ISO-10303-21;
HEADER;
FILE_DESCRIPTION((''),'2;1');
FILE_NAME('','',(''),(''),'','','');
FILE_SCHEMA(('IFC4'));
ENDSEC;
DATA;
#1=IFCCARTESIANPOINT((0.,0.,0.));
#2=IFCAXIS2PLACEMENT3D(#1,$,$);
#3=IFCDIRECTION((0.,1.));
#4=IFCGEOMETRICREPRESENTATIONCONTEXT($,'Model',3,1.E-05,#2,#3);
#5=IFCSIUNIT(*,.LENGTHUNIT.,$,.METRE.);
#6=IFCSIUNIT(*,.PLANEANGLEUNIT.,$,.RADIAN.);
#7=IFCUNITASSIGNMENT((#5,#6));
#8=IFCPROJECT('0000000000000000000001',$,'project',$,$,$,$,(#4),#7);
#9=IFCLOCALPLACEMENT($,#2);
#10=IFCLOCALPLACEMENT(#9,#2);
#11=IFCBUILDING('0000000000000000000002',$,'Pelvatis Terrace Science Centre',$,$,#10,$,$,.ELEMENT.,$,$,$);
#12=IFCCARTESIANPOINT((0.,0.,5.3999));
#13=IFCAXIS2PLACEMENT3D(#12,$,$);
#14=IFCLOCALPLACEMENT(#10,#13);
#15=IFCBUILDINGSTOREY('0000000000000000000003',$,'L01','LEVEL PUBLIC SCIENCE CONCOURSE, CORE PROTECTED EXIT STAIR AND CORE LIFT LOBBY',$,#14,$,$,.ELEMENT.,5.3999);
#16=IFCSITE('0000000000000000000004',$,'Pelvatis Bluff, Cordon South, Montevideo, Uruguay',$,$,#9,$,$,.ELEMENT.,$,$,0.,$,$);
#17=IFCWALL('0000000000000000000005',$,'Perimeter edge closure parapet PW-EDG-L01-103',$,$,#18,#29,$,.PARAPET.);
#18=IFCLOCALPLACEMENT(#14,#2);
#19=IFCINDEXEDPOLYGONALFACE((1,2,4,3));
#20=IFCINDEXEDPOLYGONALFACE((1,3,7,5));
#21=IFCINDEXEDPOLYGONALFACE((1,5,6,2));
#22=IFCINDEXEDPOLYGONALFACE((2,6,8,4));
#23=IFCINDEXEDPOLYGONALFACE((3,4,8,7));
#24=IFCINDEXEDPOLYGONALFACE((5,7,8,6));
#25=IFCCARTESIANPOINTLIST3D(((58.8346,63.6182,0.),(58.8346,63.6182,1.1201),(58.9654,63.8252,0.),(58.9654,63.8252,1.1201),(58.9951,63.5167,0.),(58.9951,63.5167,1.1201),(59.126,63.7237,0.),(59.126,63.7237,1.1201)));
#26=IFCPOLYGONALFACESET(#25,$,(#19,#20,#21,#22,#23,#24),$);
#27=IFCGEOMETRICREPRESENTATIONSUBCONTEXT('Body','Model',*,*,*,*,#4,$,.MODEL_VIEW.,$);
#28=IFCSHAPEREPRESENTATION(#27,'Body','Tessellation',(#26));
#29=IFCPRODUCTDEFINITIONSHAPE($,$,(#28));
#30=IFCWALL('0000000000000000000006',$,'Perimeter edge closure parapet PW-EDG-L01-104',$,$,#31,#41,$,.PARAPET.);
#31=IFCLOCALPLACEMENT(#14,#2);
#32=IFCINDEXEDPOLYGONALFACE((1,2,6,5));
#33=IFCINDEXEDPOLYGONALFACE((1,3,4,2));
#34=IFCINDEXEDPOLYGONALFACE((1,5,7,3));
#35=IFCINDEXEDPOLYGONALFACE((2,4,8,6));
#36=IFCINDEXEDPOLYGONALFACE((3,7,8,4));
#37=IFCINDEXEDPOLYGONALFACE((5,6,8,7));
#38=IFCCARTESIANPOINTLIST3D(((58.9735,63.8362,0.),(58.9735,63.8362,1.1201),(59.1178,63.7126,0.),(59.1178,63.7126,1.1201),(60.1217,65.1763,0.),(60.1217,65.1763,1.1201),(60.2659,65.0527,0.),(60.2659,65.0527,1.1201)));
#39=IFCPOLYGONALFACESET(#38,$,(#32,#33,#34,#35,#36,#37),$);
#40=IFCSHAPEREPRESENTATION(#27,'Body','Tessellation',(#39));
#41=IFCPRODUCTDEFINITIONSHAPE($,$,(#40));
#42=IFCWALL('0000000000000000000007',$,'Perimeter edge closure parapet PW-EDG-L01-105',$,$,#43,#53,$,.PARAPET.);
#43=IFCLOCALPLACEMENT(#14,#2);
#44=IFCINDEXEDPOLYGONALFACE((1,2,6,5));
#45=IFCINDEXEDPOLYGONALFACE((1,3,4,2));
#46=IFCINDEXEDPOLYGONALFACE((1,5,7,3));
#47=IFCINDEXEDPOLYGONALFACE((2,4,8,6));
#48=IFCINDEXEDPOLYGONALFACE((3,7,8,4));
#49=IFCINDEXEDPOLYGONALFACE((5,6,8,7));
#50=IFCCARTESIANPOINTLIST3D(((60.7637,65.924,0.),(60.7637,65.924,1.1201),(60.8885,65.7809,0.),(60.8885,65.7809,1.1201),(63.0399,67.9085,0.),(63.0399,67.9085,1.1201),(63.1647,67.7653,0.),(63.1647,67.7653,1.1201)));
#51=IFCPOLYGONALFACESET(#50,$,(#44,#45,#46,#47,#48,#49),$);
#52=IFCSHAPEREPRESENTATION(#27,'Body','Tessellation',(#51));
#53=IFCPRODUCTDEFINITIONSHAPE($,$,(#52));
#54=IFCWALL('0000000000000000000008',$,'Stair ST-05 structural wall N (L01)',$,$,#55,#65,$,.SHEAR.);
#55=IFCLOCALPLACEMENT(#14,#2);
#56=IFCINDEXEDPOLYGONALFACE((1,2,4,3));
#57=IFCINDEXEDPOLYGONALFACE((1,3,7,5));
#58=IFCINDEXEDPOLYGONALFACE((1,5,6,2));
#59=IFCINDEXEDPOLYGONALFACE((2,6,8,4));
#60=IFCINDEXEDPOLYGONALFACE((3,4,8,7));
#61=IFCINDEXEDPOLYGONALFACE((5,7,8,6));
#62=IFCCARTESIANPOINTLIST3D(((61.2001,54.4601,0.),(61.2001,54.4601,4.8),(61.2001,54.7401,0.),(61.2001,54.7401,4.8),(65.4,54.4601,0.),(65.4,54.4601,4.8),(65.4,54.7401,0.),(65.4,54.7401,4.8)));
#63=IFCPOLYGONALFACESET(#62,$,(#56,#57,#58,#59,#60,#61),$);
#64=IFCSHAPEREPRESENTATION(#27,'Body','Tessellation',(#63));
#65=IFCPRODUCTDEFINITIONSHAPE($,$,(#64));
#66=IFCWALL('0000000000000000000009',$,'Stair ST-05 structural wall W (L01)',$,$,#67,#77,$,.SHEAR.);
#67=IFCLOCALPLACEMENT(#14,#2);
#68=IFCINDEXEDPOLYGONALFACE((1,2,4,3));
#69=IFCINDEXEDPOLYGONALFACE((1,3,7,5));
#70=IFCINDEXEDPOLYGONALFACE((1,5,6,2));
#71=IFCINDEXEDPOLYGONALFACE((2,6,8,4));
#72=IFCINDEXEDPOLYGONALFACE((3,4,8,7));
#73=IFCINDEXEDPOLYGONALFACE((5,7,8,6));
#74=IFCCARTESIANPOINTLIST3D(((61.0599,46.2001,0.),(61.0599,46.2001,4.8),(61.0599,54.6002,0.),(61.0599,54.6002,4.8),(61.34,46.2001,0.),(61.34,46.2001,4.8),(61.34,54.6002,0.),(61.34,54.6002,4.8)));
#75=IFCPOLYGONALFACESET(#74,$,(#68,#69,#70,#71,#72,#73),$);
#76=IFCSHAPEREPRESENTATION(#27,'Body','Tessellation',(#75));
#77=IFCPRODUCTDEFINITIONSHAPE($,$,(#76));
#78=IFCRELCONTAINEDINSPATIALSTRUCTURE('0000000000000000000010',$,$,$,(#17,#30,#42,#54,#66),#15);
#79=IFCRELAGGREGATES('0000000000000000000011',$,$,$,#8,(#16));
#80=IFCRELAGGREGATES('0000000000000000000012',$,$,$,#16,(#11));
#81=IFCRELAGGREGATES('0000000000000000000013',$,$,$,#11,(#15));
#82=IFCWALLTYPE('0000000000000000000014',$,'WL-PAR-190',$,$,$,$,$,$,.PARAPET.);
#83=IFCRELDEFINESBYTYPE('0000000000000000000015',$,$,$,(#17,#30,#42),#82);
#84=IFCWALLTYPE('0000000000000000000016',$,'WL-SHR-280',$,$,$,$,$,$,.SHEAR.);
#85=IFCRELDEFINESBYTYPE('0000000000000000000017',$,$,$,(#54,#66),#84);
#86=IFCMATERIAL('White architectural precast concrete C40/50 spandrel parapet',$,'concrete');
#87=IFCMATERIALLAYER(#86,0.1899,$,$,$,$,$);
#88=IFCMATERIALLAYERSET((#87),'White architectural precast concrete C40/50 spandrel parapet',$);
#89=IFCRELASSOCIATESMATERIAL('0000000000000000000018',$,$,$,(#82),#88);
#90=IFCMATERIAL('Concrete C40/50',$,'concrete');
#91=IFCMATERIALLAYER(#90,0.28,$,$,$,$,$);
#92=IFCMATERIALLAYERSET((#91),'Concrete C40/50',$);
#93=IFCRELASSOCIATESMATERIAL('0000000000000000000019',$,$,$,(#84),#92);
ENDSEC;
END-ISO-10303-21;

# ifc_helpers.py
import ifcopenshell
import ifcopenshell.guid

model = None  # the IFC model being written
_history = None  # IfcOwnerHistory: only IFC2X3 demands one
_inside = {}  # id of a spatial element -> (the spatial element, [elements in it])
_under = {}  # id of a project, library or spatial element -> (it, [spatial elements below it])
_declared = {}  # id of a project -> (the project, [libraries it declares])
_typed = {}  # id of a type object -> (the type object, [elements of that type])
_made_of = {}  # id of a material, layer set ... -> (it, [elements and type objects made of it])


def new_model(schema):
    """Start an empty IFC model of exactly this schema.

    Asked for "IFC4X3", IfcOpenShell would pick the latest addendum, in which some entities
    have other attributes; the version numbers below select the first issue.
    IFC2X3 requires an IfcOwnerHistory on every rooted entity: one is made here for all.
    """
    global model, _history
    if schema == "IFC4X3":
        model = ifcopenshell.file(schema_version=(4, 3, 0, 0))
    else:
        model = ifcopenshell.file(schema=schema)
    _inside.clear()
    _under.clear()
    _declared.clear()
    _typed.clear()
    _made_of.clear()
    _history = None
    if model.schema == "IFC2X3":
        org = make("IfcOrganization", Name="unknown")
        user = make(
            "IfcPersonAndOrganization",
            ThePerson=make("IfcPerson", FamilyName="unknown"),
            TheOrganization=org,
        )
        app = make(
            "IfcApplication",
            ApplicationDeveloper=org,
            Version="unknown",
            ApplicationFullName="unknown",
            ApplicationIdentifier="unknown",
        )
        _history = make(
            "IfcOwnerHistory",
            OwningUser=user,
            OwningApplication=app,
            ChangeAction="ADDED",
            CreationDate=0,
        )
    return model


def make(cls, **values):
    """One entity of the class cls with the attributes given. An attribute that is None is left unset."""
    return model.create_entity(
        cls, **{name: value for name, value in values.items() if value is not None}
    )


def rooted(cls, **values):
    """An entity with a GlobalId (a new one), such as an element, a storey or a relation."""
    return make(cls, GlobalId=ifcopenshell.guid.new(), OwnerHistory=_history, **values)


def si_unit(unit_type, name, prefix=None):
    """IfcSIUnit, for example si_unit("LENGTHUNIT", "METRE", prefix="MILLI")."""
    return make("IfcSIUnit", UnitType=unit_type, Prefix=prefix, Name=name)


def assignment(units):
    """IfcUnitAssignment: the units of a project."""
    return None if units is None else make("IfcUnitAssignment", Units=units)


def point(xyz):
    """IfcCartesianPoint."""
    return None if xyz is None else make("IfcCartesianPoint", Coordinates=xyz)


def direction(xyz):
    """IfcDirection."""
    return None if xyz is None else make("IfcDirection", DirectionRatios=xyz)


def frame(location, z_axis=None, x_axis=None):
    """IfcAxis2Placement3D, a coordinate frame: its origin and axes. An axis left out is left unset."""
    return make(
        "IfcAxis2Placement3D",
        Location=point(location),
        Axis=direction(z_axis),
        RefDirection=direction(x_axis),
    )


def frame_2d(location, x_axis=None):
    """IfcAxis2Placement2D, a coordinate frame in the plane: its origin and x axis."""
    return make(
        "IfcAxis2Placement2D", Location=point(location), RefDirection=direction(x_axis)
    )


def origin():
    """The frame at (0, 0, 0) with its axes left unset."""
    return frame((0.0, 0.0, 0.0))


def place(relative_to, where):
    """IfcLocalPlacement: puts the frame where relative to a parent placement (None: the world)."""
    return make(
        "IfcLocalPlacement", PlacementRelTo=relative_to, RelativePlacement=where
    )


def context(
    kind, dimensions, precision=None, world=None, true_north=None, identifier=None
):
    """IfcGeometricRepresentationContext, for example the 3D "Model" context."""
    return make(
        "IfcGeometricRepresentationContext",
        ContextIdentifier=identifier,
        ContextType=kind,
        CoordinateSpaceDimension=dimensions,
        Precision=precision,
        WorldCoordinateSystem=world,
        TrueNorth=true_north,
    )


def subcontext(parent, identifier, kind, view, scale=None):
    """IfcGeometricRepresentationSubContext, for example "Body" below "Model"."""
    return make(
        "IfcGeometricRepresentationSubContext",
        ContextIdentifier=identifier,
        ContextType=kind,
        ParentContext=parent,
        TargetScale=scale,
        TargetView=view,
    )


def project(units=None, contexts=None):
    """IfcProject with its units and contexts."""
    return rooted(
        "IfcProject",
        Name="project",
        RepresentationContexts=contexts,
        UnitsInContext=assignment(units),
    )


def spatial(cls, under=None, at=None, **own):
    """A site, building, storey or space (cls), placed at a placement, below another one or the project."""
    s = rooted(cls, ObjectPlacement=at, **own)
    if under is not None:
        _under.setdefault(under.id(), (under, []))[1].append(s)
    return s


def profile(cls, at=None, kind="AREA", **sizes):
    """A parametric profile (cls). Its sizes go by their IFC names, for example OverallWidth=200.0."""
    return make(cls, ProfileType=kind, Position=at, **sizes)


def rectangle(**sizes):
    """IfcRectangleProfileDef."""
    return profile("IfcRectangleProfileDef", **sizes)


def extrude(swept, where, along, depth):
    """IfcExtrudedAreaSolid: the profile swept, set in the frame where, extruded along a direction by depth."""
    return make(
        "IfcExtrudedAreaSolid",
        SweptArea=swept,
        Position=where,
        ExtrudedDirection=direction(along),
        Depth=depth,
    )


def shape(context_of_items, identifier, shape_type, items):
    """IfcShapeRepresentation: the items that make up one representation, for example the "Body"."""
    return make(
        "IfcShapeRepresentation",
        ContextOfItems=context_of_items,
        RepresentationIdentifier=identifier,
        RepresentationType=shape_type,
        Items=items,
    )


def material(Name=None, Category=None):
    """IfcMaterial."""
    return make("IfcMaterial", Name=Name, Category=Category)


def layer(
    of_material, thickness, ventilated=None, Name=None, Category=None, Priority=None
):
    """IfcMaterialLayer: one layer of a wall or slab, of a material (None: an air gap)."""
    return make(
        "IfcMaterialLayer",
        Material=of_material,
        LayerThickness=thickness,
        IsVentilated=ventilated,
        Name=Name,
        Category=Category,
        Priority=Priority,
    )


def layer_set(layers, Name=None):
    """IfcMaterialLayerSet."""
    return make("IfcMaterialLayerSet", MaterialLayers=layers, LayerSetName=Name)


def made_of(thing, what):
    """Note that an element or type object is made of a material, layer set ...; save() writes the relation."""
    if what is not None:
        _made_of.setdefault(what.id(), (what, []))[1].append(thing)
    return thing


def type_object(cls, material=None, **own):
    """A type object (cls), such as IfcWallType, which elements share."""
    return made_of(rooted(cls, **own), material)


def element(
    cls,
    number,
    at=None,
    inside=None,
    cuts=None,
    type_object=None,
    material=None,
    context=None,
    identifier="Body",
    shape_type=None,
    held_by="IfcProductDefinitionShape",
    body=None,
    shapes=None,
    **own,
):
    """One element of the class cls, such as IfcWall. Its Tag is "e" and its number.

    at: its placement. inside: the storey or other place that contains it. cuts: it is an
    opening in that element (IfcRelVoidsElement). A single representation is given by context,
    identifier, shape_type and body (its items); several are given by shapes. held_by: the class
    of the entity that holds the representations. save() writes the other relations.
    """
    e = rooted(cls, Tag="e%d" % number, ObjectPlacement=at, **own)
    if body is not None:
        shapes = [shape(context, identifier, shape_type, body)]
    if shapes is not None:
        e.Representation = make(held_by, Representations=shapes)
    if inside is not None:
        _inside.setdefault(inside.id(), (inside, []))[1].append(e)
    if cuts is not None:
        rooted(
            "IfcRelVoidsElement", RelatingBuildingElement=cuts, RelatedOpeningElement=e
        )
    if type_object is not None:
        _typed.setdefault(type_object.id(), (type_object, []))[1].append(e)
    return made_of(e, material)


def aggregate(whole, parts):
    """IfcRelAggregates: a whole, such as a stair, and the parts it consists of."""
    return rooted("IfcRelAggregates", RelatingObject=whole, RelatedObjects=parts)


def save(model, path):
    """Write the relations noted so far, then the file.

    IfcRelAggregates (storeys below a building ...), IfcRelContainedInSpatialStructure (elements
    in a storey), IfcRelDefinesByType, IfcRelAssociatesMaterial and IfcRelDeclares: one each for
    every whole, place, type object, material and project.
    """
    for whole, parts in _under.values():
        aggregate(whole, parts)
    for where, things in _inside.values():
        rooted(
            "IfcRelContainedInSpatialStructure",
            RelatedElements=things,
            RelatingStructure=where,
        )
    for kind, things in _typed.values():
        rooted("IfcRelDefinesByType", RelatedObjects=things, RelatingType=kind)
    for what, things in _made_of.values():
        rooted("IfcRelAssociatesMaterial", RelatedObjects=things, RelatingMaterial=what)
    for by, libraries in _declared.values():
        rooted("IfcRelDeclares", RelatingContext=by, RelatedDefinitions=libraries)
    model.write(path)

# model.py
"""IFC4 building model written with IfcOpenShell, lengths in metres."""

from ifc_helpers import new_model, si_unit, direction, frame, frame_2d, origin, place, context, subcontext, project, spatial, rectangle, extrude, material, layer, layer_set, type_object, element, save


model = new_model("IFC4")

# Units and contexts
model_context = context("Model", 3, precision=1e-05, world=origin(), true_north=direction((0.0, 1.0)))
body_context = subcontext(model_context, "Body", "Model", "MODEL_VIEW")
ifc_project = project(units=[si_unit("LENGTHUNIT", "METRE"), si_unit("PLANEANGLEUNIT", "RADIAN")], contexts=[model_context])

# Site, building, storey
site_placement = place(None, origin())
site = spatial("IfcSite", under=ifc_project, at=site_placement, Name="Pelvatis Bluff, Cordon South, Montevideo, Uruguay", CompositionType="ELEMENT", RefElevation=0.0)
building_placement = place(site_placement, origin())
building = spatial("IfcBuilding", under=site, at=building_placement, Name="Pelvatis Terrace Science Centre", CompositionType="ELEMENT")
storey_placement = place(building_placement, frame((0.0, 0.0, 5.3999)))
storey = spatial("IfcBuildingStorey", under=building, at=storey_placement, Name="L01", Description="LEVEL PUBLIC SCIENCE CONCOURSE, CORE PROTECTED EXIT STAIR AND CORE LIFT LOBBY", CompositionType="ELEMENT", Elevation=5.3999)

# Walls
ifc_material_1 = material(Name="White architectural precast concrete C40/50 spandrel parapet", Category="concrete")
ifc_layer_1 = layer(ifc_material_1, 0.1899)
ifc_layer_set_1 = layer_set([ifc_layer_1], Name="White architectural precast concrete C40/50 spandrel parapet")
wall_type_1 = type_object("IfcWallType", Name="WL-PAR-190", PredefinedType="PARAPET", material=ifc_layer_set_1)
wall_1_placement = place(storey_placement, frame((58.9148, 63.5674, 0.0), z_axis=(0.0, 0.0, 1.0), x_axis=(0.534293, 0.845299, 0.0)))
element("IfcWall", 1, at=wall_1_placement, inside=storey, type_object=wall_type_1, Name="Perimeter edge closure parapet PW-EDG-L01-103", PredefinedType="PARAPET", context=body_context, shape_type="SweptSolid", body=[
    extrude(rectangle(XDim=0.2449, YDim=0.1899, at=frame_2d((0.1226, 0.0))), origin(), (0.0, 0.0, 1.0), 1.1201),
])
wall_2_placement = place(storey_placement, frame((59.0457, 63.7744, 0.0), z_axis=(0.0, 0.0, 1.0), x_axis=(0.650643, 0.759384, 0.0)))
element("IfcWall", 2, at=wall_2_placement, inside=storey, type_object=wall_type_1, Name="Perimeter edge closure parapet PW-EDG-L01-104", PredefinedType="PARAPET", context=body_context, shape_type="SweptSolid", body=[
    extrude(rectangle(XDim=1.7646, YDim=0.1899, at=frame_2d((0.8823, 0.0))), origin(), (0.0, 0.0, 1.0), 1.1201),
])
wall_3_placement = place(storey_placement, frame((60.8262, 65.8525, 0.0), z_axis=(0.0, 0.0, 1.0), x_axis=(0.753762, 0.657147, 0.0)))
element("IfcWall", 3, at=wall_3_placement, inside=storey, type_object=wall_type_1, Name="Perimeter edge closure parapet PW-EDG-L01-105", PredefinedType="PARAPET", context=body_context, shape_type="SweptSolid", body=[
    extrude(rectangle(XDim=3.0198, YDim=0.1899, at=frame_2d((1.5098, 0.0))), origin(), (0.0, 0.0, 1.0), 1.1201),
])
ifc_material_2 = material(Name="Concrete C40/50", Category="concrete")
ifc_layer_2 = layer(ifc_material_2, 0.28)
ifc_layer_set_2 = layer_set([ifc_layer_2], Name="Concrete C40/50")
wall_type_2 = type_object("IfcWallType", Name="WL-SHR-280", PredefinedType="SHEAR", material=ifc_layer_set_2)
wall_4_placement = place(storey_placement, frame((61.2, 54.6001, 0.0), z_axis=(0.0, 0.0, 1.0), x_axis=(1.0, 0.0, 0.0)))
element("IfcWall", 4, at=wall_4_placement, inside=storey, type_object=wall_type_2, Name="Stair ST-05 structural wall N (L01)", PredefinedType="SHEAR", context=body_context, shape_type="SweptSolid", body=[
    extrude(rectangle(XDim=4.2, YDim=0.28, at=frame_2d((2.1001, 0.0))), origin(), (0.0, 0.0, 1.0), 4.8),
])
wall_5_placement = place(storey_placement, frame((61.2, 46.2, 0.0), z_axis=(0.0, 0.0, 1.0), x_axis=(0.0, 1.0, 0.0)))
element("IfcWall", 5, at=wall_5_placement, inside=storey, type_object=wall_type_2, Name="Stair ST-05 structural wall W (L01)", PredefinedType="SHEAR", context=body_context, shape_type="SweptSolid", body=[
    extrude(rectangle(XDim=8.4001, YDim=0.28, at=frame_2d((4.2002, 0.0))), origin(), (0.0, 0.0, 1.0), 4.8),
])

save(model, "model.ifc")
